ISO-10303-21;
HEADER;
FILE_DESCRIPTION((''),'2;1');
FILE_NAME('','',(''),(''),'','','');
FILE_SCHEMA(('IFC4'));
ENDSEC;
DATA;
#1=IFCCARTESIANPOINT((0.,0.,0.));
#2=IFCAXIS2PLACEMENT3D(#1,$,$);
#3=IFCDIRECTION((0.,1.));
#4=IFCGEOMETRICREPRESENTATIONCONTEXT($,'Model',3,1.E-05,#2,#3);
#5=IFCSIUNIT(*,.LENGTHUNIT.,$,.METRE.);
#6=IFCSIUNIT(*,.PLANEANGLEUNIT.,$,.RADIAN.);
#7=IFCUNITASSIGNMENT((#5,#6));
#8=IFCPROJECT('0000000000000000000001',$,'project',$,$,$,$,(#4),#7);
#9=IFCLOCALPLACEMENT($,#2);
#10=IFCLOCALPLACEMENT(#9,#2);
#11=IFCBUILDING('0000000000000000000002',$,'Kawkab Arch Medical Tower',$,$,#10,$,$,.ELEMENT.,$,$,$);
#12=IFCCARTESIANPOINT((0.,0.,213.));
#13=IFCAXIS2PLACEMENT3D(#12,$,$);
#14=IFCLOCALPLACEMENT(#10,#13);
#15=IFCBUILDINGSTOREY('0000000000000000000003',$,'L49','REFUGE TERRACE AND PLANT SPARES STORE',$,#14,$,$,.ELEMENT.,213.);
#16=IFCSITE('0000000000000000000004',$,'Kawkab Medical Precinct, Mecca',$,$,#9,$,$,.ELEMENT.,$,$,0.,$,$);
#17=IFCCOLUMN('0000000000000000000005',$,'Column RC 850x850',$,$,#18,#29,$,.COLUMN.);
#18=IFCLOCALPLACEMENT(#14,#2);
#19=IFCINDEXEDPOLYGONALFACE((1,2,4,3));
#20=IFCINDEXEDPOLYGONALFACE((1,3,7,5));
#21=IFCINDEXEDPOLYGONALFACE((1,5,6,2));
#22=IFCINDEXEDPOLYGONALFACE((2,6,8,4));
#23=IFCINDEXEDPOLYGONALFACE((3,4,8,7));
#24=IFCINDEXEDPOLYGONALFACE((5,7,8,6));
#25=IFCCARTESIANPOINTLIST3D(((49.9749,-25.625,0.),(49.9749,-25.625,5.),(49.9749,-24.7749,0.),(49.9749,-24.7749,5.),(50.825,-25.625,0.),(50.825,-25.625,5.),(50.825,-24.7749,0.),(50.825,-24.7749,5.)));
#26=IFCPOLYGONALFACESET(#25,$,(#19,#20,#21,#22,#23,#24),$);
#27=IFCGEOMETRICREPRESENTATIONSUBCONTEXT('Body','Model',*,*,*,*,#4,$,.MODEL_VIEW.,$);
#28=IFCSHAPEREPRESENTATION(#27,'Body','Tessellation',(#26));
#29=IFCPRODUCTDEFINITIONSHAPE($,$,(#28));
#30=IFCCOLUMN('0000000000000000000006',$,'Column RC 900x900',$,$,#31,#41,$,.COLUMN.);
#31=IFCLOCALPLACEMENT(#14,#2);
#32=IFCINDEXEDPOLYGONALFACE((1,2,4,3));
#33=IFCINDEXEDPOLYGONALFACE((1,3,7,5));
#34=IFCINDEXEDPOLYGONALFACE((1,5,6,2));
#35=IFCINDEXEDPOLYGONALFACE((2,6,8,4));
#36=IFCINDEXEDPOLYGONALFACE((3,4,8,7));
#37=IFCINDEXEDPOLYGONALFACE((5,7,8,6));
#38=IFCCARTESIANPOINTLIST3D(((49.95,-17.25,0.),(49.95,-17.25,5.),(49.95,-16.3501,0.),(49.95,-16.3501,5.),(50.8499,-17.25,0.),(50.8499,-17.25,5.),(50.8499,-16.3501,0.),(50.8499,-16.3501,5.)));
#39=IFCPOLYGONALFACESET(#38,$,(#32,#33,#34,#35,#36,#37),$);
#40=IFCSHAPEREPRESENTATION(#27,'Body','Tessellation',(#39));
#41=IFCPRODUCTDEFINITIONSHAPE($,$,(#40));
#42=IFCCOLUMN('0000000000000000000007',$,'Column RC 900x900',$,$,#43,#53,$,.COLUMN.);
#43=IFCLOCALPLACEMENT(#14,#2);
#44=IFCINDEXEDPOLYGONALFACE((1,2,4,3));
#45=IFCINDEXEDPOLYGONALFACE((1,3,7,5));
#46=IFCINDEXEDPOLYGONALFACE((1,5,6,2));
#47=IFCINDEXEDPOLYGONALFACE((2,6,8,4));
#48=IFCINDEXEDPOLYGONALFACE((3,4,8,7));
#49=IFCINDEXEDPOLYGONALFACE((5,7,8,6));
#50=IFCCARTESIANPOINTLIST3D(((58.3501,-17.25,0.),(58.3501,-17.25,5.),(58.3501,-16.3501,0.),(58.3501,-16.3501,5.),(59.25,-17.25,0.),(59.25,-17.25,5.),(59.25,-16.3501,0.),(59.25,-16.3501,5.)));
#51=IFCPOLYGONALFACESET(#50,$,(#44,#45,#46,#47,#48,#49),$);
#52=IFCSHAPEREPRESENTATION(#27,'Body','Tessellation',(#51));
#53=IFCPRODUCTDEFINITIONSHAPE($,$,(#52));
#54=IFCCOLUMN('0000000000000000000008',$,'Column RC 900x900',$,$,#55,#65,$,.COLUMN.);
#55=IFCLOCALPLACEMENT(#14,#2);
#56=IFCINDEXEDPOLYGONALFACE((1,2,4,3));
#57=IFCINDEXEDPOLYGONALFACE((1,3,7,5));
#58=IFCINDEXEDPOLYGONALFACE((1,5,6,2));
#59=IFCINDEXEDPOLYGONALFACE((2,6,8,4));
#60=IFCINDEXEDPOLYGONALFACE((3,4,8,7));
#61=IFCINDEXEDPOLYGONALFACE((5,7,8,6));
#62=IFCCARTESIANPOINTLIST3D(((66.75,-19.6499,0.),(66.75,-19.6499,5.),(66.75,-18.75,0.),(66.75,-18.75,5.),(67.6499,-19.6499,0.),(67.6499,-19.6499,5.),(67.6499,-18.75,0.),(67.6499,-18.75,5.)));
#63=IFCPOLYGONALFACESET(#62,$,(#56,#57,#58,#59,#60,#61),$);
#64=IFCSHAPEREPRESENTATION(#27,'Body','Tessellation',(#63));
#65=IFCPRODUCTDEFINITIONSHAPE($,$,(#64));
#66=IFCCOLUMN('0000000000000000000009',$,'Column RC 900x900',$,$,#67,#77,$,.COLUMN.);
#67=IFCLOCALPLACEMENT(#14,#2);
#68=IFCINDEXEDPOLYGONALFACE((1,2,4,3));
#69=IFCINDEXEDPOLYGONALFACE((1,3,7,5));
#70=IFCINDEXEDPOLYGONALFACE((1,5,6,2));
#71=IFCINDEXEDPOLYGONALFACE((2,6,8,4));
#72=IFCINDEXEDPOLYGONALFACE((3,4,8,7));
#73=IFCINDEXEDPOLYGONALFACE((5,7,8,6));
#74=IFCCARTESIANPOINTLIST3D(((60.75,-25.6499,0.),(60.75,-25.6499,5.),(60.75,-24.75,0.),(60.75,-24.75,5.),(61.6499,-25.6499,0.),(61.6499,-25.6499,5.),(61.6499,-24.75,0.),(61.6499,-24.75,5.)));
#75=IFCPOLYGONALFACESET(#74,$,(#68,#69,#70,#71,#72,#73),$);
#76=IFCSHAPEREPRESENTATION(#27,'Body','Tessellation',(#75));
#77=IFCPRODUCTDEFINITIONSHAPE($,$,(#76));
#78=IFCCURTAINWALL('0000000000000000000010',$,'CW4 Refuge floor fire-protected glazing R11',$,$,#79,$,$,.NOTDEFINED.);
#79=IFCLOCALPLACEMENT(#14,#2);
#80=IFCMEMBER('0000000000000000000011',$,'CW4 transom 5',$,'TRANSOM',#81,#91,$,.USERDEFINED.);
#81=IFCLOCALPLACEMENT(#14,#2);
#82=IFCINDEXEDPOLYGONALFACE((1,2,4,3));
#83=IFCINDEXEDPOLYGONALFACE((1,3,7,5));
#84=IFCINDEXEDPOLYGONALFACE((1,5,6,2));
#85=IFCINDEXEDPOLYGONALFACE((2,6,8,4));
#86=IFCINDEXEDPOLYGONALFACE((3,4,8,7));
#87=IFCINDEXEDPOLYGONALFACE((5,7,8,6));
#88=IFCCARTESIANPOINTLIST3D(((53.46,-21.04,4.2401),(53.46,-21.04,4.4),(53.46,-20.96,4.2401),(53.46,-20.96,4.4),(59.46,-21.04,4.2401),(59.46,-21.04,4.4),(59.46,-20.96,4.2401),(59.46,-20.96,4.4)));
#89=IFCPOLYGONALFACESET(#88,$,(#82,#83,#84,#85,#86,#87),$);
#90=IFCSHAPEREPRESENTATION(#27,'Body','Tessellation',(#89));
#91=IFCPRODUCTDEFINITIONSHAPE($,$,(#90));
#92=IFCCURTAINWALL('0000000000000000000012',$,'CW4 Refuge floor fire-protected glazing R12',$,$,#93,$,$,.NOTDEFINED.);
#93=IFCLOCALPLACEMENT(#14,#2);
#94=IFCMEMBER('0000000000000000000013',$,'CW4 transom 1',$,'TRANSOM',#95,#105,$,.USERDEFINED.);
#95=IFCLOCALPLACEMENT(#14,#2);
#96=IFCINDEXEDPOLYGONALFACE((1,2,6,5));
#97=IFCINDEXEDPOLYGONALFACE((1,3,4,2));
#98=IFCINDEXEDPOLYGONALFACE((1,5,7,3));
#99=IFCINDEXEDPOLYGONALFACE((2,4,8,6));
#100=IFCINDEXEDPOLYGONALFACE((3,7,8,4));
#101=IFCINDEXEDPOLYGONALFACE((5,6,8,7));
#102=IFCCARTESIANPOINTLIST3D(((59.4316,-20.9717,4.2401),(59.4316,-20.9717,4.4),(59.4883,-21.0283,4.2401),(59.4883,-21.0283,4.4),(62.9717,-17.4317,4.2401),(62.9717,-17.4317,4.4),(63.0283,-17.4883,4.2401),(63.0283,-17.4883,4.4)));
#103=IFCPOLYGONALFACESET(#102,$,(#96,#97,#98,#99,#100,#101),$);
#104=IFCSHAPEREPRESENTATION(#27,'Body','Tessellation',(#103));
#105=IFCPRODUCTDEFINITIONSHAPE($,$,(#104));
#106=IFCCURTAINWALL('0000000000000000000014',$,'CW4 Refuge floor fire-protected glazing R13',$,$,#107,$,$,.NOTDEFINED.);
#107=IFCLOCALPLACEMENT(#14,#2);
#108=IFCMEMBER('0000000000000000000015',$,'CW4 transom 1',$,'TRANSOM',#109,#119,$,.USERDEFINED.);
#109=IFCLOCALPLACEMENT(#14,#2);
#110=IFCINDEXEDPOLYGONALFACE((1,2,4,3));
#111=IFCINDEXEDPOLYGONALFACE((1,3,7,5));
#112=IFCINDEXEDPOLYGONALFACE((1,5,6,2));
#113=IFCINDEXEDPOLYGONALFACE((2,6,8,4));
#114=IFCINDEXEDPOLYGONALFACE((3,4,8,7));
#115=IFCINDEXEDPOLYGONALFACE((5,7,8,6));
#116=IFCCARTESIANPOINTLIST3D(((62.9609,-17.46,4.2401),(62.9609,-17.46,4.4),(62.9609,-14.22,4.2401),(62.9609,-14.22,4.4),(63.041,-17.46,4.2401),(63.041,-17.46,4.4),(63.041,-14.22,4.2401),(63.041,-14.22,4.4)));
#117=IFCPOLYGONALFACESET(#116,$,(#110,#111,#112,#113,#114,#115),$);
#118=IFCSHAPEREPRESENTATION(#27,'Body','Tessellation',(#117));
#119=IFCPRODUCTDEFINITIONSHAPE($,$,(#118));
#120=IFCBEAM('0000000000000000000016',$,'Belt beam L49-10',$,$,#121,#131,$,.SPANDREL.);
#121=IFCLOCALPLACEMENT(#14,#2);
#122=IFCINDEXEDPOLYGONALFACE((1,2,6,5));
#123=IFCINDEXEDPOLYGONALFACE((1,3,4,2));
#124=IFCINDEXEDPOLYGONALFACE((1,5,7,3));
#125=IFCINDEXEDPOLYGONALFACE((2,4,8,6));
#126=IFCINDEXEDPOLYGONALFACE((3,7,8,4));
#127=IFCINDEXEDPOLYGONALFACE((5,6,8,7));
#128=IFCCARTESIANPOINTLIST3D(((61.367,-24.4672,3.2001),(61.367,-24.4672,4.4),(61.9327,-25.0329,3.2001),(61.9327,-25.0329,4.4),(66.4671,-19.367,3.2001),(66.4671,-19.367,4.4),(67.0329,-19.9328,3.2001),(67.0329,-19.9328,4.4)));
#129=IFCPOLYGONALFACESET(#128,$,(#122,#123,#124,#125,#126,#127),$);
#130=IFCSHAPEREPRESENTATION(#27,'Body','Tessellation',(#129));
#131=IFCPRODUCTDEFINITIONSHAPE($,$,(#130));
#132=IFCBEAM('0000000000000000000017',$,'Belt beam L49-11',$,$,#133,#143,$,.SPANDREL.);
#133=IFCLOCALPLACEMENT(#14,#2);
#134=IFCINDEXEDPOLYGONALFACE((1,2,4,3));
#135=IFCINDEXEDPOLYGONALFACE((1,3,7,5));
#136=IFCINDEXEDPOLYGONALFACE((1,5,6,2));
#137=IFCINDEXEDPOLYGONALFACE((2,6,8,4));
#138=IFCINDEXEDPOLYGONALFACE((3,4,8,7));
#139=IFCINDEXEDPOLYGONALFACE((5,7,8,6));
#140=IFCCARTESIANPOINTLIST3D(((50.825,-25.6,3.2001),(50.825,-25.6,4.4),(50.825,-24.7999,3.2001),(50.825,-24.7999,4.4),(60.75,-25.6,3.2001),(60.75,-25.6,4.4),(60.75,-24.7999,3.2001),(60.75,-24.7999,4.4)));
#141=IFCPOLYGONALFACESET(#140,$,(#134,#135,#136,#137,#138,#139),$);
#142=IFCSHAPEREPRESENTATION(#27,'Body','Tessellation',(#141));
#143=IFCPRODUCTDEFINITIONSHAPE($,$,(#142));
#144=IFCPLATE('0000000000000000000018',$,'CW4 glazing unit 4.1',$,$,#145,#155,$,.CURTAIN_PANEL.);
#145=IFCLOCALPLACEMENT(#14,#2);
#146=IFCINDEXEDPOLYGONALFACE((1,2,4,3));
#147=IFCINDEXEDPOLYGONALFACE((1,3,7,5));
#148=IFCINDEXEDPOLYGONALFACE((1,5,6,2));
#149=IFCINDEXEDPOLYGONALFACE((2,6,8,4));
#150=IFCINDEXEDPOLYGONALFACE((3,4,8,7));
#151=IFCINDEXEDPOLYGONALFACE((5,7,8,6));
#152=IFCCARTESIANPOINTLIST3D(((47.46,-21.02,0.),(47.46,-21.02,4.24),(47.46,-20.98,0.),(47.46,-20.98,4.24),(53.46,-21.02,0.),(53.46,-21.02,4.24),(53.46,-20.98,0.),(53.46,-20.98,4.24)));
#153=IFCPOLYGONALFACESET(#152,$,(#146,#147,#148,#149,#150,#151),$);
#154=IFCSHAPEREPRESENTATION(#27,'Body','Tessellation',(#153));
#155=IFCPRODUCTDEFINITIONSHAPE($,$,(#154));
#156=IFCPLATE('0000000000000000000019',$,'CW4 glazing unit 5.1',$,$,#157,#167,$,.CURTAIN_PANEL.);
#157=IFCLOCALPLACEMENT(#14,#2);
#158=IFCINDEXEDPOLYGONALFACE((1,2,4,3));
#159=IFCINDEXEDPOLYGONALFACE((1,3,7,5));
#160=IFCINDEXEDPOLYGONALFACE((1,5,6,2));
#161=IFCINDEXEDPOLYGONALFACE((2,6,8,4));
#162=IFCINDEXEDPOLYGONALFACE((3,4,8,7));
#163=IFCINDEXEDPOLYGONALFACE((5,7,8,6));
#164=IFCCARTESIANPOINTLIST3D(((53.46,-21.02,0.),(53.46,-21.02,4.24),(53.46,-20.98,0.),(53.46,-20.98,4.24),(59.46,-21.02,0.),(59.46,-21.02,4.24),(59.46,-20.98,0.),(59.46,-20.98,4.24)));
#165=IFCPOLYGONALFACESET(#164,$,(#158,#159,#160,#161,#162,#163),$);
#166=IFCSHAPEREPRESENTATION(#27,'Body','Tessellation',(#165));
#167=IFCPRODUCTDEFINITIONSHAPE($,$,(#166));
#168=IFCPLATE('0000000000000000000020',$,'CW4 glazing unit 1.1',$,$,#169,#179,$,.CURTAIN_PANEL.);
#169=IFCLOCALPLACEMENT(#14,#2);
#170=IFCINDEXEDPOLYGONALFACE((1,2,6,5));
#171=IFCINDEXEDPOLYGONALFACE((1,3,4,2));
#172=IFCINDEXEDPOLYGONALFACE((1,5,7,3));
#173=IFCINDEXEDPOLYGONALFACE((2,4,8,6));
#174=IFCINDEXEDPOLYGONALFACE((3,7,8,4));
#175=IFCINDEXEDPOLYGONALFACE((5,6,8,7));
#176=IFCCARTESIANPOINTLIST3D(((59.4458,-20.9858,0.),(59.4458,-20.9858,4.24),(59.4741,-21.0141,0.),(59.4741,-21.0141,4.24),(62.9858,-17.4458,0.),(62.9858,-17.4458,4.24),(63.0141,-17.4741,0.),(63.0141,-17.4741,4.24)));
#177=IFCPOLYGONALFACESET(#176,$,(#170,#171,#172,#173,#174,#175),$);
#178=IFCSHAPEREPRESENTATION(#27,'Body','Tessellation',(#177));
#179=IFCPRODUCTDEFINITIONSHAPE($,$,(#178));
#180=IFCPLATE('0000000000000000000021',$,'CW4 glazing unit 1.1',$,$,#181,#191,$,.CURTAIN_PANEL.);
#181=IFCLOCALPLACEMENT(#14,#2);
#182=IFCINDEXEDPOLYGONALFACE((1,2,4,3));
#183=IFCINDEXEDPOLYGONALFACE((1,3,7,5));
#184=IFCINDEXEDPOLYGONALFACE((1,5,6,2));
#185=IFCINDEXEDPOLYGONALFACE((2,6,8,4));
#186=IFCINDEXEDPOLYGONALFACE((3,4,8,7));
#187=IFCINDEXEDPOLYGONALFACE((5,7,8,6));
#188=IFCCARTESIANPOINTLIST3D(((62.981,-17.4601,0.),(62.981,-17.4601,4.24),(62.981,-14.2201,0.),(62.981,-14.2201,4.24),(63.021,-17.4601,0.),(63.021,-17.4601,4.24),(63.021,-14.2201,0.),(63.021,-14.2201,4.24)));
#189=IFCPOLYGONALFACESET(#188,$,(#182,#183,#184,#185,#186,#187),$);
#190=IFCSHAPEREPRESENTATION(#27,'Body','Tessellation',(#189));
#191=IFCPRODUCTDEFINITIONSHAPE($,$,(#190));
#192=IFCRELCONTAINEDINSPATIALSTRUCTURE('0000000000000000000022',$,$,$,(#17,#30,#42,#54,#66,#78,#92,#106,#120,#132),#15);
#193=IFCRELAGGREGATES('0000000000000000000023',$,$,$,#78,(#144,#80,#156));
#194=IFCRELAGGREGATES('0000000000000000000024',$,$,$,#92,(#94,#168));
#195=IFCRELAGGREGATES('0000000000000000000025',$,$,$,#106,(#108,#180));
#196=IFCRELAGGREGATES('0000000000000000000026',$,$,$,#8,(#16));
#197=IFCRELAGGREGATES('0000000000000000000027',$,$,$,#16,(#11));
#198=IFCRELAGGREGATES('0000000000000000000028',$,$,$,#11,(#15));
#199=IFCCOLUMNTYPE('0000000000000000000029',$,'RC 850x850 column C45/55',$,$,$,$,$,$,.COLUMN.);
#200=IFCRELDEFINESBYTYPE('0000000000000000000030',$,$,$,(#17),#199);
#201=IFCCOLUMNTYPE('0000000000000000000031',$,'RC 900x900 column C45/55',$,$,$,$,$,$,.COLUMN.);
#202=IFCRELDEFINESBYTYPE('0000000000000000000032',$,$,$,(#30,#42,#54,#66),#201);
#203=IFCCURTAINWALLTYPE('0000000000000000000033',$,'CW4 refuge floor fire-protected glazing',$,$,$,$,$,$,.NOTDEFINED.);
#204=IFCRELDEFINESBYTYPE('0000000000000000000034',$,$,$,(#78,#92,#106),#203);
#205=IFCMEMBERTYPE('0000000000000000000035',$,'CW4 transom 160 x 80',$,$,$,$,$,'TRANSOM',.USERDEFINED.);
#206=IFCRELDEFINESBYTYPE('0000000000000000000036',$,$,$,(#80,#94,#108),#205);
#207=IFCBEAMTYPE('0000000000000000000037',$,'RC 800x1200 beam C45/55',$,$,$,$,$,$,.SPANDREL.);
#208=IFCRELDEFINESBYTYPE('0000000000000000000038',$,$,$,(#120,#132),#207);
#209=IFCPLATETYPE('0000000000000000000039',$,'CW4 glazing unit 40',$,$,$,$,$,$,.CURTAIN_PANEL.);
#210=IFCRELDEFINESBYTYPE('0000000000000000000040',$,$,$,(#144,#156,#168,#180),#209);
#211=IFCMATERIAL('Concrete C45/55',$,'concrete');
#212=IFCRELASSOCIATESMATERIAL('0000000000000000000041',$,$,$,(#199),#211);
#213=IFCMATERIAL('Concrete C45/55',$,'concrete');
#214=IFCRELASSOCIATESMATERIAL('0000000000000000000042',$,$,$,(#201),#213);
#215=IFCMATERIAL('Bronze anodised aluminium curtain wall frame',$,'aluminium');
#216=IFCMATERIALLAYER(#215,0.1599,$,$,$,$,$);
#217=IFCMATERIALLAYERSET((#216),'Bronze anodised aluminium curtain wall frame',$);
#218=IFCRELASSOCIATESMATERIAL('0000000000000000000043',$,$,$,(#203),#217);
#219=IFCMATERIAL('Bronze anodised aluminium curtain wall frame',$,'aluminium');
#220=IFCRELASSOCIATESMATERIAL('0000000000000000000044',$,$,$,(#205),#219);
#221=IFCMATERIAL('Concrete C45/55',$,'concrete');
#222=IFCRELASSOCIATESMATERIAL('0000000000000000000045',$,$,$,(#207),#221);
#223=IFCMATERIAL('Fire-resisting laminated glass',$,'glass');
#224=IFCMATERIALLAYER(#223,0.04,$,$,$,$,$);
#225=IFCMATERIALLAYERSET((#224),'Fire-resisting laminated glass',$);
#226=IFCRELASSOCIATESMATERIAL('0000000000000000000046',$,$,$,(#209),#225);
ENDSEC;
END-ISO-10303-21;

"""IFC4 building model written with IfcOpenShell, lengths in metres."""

from ifc_helpers import new_model, si_unit, direction, frame, origin, origin_2d, place, context, subcontext, project, spatial, rectangle, extrude, material, layer, layer_set, material_profile, profile_set, type_object, element, aggregate, save


model = new_model("IFC4")

# Units and contexts
model_context = context("Model", 3, precision=1e-05, world=origin(), true_north=direction((0.0, 1.0)))
body_context = subcontext(model_context, "Body", "Model", "MODEL_VIEW")
ifc_project = project(units=[si_unit("LENGTHUNIT", "METRE"), si_unit("PLANEANGLEUNIT", "RADIAN")], contexts=[model_context])

# Site, building, storey
site_placement = place(None, origin())
site = spatial("IfcSite", under=ifc_project, at=site_placement, Name="Kawkab Medical Precinct, Mecca", CompositionType="ELEMENT", RefElevation=0.0)
building_placement = place(site_placement, origin())
building = spatial("IfcBuilding", under=site, at=building_placement, Name="Kawkab Arch Medical Tower", CompositionType="ELEMENT")
storey_placement = place(building_placement, frame((0.0, 0.0, 213.0)))
storey = spatial("IfcBuildingStorey", under=building, at=storey_placement, Name="L49", Description="REFUGE TERRACE AND PLANT SPARES STORE", CompositionType="ELEMENT", Elevation=213.0)

# Columns
ifc_material_1 = material(Name="Concrete C45/55", Category="concrete")
ifc_material_profile_1 = material_profile(ifc_material_1, rectangle(XDim=0.8501, YDim=0.8501, at=origin_2d()), Name="RC 850x850")
ifc_profile_set_1 = profile_set([ifc_material_profile_1], Name="Concrete C45/55")
column_type_1 = type_object("IfcColumnType", Name="RC 850x850 column C45/55", PredefinedType="COLUMN", material=ifc_profile_set_1)
column_placement = place(storey_placement, frame((50.3999, -25.2, 0.0), z_axis=(0.0, 0.0, 1.0), x_axis=(1.0, 0.0, 0.0)))
element("IfcColumn", 1, at=column_placement, inside=storey, type_object=column_type_1, Name="Column RC 850x850", PredefinedType="COLUMN", context=body_context, shape_type="SweptSolid", body=[
    extrude(rectangle(XDim=0.8501, YDim=0.8501, at=origin_2d()), origin(), (0.0, 0.0, 1.0), 5.0),
])
ifc_material_2 = material(Name="Concrete C45/55", Category="concrete")
ifc_material_profile_2 = material_profile(ifc_material_2, rectangle(XDim=0.8999, YDim=0.8999, at=origin_2d()), Name="RC 900x900")
ifc_profile_set_2 = profile_set([ifc_material_profile_2], Name="Concrete C45/55")
column_type_2 = type_object("IfcColumnType", Name="RC 900x900 column C45/55", PredefinedType="COLUMN", material=ifc_profile_set_2)
for number, where, z_axis, x_axis, name in (
    (2, (50.3999, -16.8, 0.0), (0.0, 0.0, 1.0), (1.0, 0.0, 0.0), "Column RC 900x900"),
    (3, (58.8, -16.8, 0.0), (0.0, 0.0, 1.0), (1.0, 0.0, 0.0), "Column RC 900x900"),
    (4, (67.2, -19.2, 0.0), (0.0, 0.0, 1.0), (1.0, 0.0, 0.0), "Column RC 900x900"),
    (5, (61.2, -25.2, 0.0), (0.0, 0.0, 1.0), (1.0, 0.0, 0.0), "Column RC 900x900"),
):
    element("IfcColumn", number, at=place(storey_placement, frame(where, z_axis=z_axis, x_axis=x_axis)), inside=storey, type_object=column_type_2, Name=name, PredefinedType="COLUMN", context=body_context, shape_type="SweptSolid", body=[
        extrude(rectangle(XDim=0.8999, YDim=0.8999, at=origin_2d()), origin(), (0.0, 0.0, 1.0), 5.0),
    ])

# Curtain walls, members
ifc_material_3 = material(Name="Bronze anodised aluminium curtain wall frame", Category="aluminium")
ifc_layer_1 = layer(ifc_material_3, 0.1599)
ifc_layer_set_1 = layer_set([ifc_layer_1], Name="Bronze anodised aluminium curtain wall frame")
curtain_wall_type = type_object("IfcCurtainWallType", Name="CW4 refuge floor fire-protected glazing", PredefinedType="NOTDEFINED", material=ifc_layer_set_1)
placement = place(storey_placement, origin())
curtain_wall_1 = element("IfcCurtainWall", 6, at=placement, inside=storey, type_object=curtain_wall_type, Name="CW4 Refuge floor fire-protected glazing R11", PredefinedType="NOTDEFINED")
ifc_material_4 = material(Name="Bronze anodised aluminium curtain wall frame", Category="aluminium")
ifc_material_profile_3 = material_profile(ifc_material_4, rectangle(XDim=0.0801, YDim=0.1599, at=origin_2d()), Name="AL 80x160")
ifc_profile_set_3 = profile_set([ifc_material_profile_3], Name="Bronze anodised aluminium curtain wall frame")
member_type = type_object("IfcMemberType", Name="CW4 transom 160 x 80", ElementType="TRANSOM", PredefinedType="USERDEFINED", material=ifc_profile_set_3)
member_1_placement = place(storey_placement, frame((53.46, -21.0, 4.3201), z_axis=(1.0, 0.0, 0.0), x_axis=(0.0, 1.0, 0.0)))
member_1 = element("IfcMember", 7, at=member_1_placement, type_object=member_type, Name="CW4 transom 5", ObjectType="TRANSOM", PredefinedType="USERDEFINED", context=body_context, shape_type="SweptSolid", body=[
    extrude(rectangle(XDim=0.0801, YDim=0.1599, at=origin_2d()), origin(), (0.0, 0.0, 1.0), 6.0),
])
curtain_wall_2 = element("IfcCurtainWall", 8, at=placement, inside=storey, type_object=curtain_wall_type, Name="CW4 Refuge floor fire-protected glazing R12", PredefinedType="NOTDEFINED")
member_2_placement = place(storey_placement, frame((59.46, -21.0, 4.3201), z_axis=(0.707107, 0.707107, 0.0), x_axis=(-0.707107, 0.707107, 0.0)))
member_2 = element("IfcMember", 9, at=member_2_placement, type_object=member_type, Name="CW4 transom 1", ObjectType="TRANSOM", PredefinedType="USERDEFINED", context=body_context, shape_type="SweptSolid", body=[
    extrude(rectangle(XDim=0.0801, YDim=0.1599, at=origin_2d()), origin(), (0.0, 0.0, 1.0), 5.0063),
])
curtain_wall_3 = element("IfcCurtainWall", 10, at=placement, inside=storey, type_object=curtain_wall_type, Name="CW4 Refuge floor fire-protected glazing R13", PredefinedType="NOTDEFINED")
member_3_placement = place(storey_placement, frame((63.001, -17.46, 4.3201), z_axis=(0.0, 1.0, 0.0), x_axis=(-1.0, 0.0, 0.0)))
member_3 = element("IfcMember", 11, at=member_3_placement, type_object=member_type, Name="CW4 transom 1", ObjectType="TRANSOM", PredefinedType="USERDEFINED", context=body_context, shape_type="SweptSolid", body=[
    extrude(rectangle(XDim=0.0801, YDim=0.1599, at=origin_2d()), origin(), (0.0, 0.0, 1.0), 3.24),
])

# Beams
ifc_material_5 = material(Name="Concrete C45/55", Category="concrete")
ifc_material_profile_4 = material_profile(ifc_material_5, rectangle(XDim=0.8, YDim=1.2, at=origin_2d()), Name="RC 800x1200")
ifc_profile_set_4 = profile_set([ifc_material_profile_4], Name="Concrete C45/55")
beam_type = type_object("IfcBeamType", Name="RC 800x1200 beam C45/55", PredefinedType="SPANDREL", material=ifc_profile_set_4)
beam_1_placement = place(storey_placement, frame((66.75, -19.6499, 3.8), z_axis=(-0.707107, -0.707107, 0.0), x_axis=(0.707107, -0.707107, 0.0)))
element("IfcBeam", 12, at=beam_1_placement, inside=storey, type_object=beam_type, Name="Belt beam L49-10", PredefinedType="SPANDREL", context=body_context, shape_type="SweptSolid", body=[
    extrude(rectangle(XDim=0.8, YDim=1.2, at=origin_2d()), origin(), (0.0, 0.0, 1.0), 7.2126),
])
beam_2_placement = place(storey_placement, frame((60.75, -25.2, 3.8), z_axis=(-1.0, 0.0, 0.0), x_axis=(0.0, -1.0, 0.0)))
element("IfcBeam", 13, at=beam_2_placement, inside=storey, type_object=beam_type, Name="Belt beam L49-11", PredefinedType="SPANDREL", context=body_context, shape_type="SweptSolid", body=[
    extrude(rectangle(XDim=0.8, YDim=1.2, at=origin_2d()), origin(), (0.0, 0.0, 1.0), 9.925),
])

# Plates
ifc_material_6 = material(Name="Fire-resisting laminated glass", Category="glass")
ifc_layer_2 = layer(ifc_material_6, 0.04)
ifc_layer_set_2 = layer_set([ifc_layer_2], Name="Fire-resisting laminated glass")
plate_type = type_object("IfcPlateType", Name="CW4 glazing unit 40", PredefinedType="CURTAIN_PANEL", material=ifc_layer_set_2)
plate_1_placement = place(storey_placement, frame((50.46, -21.0, 0.0), z_axis=(0.0, 0.0, 1.0), x_axis=(1.0, 0.0, 0.0)))
plate_1 = element("IfcPlate", 14, at=plate_1_placement, type_object=plate_type, Name="CW4 glazing unit 4.1", PredefinedType="CURTAIN_PANEL", context=body_context, shape_type="SweptSolid", body=[
    extrude(rectangle(XDim=6.0, YDim=0.04, at=origin_2d()), origin(), (0.0, 0.0, 1.0), 4.24),
])
plate_2_placement = place(storey_placement, frame((56.46, -21.0, 0.0), z_axis=(0.0, 0.0, 1.0), x_axis=(1.0, 0.0, 0.0)))
plate_2 = element("IfcPlate", 15, at=plate_2_placement, type_object=plate_type, Name="CW4 glazing unit 5.1", PredefinedType="CURTAIN_PANEL", context=body_context, shape_type="SweptSolid", body=[
    extrude(rectangle(XDim=6.0, YDim=0.04, at=origin_2d()), origin(), (0.0, 0.0, 1.0), 4.24),
])
aggregate(curtain_wall_1, [plate_1, member_1, plate_2])
plate_3_placement = place(storey_placement, frame((61.23, -19.23, 0.0), z_axis=(0.0, 0.0, 1.0), x_axis=(0.707107, 0.707107, 0.0)))
plate_3 = element("IfcPlate", 16, at=plate_3_placement, type_object=plate_type, Name="CW4 glazing unit 1.1", PredefinedType="CURTAIN_PANEL", context=body_context, shape_type="SweptSolid", body=[
    extrude(rectangle(XDim=5.0063, YDim=0.04, at=origin_2d()), origin(), (0.0, 0.0, 1.0), 4.24),
])
aggregate(curtain_wall_2, [member_2, plate_3])
plate_4_placement = place(storey_placement, frame((63.001, -15.8401, 0.0), z_axis=(0.0, 0.0, 1.0), x_axis=(0.0, 1.0, 0.0)))
plate_4 = element("IfcPlate", 17, at=plate_4_placement, type_object=plate_type, Name="CW4 glazing unit 1.1", PredefinedType="CURTAIN_PANEL", context=body_context, shape_type="SweptSolid", body=[
    extrude(rectangle(XDim=3.24, YDim=0.04, at=origin_2d()), origin(), (0.0, 0.0, 1.0), 4.24),
])
aggregate(curtain_wall_3, [member_3, plate_4])

save(model, "model.ifc")
